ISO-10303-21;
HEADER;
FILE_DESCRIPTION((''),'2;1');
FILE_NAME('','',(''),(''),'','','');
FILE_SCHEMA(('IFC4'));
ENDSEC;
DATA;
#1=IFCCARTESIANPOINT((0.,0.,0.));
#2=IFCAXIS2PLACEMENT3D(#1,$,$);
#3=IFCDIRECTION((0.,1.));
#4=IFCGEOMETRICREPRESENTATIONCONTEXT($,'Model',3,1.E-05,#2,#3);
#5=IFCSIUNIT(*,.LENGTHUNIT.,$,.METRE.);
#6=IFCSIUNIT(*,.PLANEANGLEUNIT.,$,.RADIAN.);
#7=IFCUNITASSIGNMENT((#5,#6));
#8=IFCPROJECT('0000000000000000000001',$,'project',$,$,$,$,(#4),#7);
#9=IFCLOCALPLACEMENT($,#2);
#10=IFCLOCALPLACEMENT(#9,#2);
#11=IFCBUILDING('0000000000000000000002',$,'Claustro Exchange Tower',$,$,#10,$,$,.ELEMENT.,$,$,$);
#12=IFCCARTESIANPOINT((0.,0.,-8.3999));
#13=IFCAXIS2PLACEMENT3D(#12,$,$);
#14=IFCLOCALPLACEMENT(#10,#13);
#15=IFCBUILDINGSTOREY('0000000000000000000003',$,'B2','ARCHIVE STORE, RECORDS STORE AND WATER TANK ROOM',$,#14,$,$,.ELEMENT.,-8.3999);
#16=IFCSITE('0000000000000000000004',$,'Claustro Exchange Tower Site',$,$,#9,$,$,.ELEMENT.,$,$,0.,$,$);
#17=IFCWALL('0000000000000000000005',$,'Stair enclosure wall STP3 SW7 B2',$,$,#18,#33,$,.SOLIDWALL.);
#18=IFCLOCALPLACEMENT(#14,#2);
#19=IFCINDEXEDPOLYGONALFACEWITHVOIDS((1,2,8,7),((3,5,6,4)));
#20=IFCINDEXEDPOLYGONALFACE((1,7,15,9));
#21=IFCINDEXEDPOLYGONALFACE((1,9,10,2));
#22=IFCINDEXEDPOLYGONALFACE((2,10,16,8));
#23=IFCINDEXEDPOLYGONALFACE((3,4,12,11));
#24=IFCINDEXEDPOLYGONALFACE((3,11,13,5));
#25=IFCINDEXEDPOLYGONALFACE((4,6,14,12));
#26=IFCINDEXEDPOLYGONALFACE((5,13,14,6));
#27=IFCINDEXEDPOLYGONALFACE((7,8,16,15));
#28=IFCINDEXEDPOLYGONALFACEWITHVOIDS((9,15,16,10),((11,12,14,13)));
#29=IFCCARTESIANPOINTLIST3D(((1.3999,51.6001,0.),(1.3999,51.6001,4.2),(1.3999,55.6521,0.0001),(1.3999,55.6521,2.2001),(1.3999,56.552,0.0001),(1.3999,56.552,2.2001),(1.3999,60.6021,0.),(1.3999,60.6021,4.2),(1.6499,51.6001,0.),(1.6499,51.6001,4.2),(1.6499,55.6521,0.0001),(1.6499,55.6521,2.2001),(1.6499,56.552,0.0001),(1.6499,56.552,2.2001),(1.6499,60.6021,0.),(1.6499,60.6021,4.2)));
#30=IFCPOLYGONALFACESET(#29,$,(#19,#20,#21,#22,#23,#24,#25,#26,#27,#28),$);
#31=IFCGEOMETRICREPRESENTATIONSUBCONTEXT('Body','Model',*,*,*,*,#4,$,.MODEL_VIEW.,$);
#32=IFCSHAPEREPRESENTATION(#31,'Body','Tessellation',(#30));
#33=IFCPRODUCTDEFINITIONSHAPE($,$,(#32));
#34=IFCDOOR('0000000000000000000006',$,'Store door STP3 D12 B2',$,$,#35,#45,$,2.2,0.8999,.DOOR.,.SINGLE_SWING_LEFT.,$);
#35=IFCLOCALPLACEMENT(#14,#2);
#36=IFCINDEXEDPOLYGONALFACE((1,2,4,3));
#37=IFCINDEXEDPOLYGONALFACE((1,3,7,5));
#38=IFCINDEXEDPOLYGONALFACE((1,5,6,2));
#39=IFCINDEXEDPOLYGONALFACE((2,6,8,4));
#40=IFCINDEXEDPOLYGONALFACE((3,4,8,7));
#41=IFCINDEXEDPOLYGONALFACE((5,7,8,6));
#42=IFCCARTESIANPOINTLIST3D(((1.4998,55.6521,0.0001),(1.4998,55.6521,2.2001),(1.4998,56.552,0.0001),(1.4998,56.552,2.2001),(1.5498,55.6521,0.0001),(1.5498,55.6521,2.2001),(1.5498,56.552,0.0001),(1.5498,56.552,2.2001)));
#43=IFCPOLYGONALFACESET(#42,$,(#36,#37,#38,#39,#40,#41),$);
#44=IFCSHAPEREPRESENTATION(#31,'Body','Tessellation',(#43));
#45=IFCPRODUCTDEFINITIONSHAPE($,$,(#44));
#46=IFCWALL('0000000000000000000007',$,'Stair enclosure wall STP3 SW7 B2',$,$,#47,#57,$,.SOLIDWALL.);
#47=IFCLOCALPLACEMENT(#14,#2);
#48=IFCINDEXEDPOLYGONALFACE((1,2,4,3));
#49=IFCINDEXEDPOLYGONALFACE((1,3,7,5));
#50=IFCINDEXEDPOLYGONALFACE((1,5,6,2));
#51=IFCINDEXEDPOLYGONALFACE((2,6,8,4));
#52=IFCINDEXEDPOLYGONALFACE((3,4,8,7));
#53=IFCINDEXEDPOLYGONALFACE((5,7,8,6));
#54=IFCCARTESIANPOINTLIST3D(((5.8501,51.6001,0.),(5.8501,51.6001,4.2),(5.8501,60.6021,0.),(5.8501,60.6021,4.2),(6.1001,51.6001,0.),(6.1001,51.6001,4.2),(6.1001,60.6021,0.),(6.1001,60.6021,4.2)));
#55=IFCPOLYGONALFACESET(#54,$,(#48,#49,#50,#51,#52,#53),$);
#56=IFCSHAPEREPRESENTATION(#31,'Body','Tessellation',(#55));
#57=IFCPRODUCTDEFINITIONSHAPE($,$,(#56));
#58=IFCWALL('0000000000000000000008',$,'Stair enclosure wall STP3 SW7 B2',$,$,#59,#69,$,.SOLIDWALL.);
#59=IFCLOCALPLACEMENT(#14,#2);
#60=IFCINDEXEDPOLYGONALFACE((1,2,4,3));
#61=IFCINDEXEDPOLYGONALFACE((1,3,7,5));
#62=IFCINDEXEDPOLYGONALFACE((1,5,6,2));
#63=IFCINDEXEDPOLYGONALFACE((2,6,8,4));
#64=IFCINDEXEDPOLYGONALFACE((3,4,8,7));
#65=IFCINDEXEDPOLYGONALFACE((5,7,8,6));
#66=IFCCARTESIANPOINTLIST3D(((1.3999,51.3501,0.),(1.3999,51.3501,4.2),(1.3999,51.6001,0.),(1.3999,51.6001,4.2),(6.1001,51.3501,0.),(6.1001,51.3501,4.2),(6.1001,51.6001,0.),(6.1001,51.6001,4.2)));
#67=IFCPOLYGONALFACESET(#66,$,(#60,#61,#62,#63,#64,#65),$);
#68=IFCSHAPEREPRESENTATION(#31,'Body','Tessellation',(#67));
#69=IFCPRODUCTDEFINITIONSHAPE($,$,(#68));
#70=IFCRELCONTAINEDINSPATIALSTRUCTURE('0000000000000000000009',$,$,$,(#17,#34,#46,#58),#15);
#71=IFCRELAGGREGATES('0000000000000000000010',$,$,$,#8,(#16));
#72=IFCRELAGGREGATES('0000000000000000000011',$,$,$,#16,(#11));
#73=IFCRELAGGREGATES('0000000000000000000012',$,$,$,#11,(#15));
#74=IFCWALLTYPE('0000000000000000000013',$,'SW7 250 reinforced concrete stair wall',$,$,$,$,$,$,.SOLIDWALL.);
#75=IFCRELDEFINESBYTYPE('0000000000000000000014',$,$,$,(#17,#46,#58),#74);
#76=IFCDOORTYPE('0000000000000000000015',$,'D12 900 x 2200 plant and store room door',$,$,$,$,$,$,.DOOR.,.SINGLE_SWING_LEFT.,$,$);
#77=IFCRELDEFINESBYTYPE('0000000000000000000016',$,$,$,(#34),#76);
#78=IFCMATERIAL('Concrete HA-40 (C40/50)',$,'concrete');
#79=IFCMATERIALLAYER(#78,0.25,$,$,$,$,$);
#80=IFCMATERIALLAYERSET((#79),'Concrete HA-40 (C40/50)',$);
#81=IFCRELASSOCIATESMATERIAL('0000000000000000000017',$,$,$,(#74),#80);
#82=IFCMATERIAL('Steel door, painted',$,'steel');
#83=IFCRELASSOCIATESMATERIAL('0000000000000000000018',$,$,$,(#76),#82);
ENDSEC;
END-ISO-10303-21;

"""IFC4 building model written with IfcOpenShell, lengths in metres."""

from ifc_helpers import new_model, si_unit, direction, frame, frame_2d, origin, place, context, subcontext, project, spatial, rectangle, extrude, material, layer, layer_set, type_object, element, fill, save


model = new_model("IFC4")

# Units and contexts
model_context = context("Model", 3, precision=1e-05, world=origin(), true_north=direction((0.0, 1.0)))
body_context = subcontext(model_context, "Body", "Model", "MODEL_VIEW")
ifc_project = project(units=[si_unit("LENGTHUNIT", "METRE"), si_unit("PLANEANGLEUNIT", "RADIAN")], contexts=[model_context])

# Site, building, storey
site_placement = place(None, origin())
site = spatial("IfcSite", under=ifc_project, at=site_placement, Name="Claustro Exchange Tower Site", CompositionType="ELEMENT", RefElevation=0.0)
building_placement = place(site_placement, origin())
building = spatial("IfcBuilding", under=site, at=building_placement, Name="Claustro Exchange Tower", CompositionType="ELEMENT")
storey_placement = place(building_placement, frame((0.0, 0.0, -8.3999)))
storey = spatial("IfcBuildingStorey", under=building, at=storey_placement, Name="B2", Description="ARCHIVE STORE, RECORDS STORE AND WATER TANK ROOM", CompositionType="ELEMENT", Elevation=-8.3999)

# Wall, opening, door
ifc_material_1 = material(Name="Concrete HA-40 (C40/50)", Category="concrete")
ifc_layer_1 = layer(ifc_material_1, 0.25)
ifc_layer_set_1 = layer_set([ifc_layer_1], Name="Concrete HA-40 (C40/50)")
wall_type_1 = type_object("IfcWallType", Name="SW7 250 reinforced concrete stair wall", PredefinedType="SOLIDWALL", material=ifc_layer_set_1)
wall_1_placement = place(storey_placement, frame((1.5249, 60.6021, 0.0), z_axis=(0.0, 0.0, 1.0), x_axis=(0.0, -1.0, 0.0)))
wall_1 = element("IfcWall", 1, at=wall_1_placement, inside=storey, type_object=wall_type_1, Name="Stair enclosure wall STP3 SW7 B2", PredefinedType="SOLIDWALL", context=body_context, shape_type="SweptSolid", body=[
    extrude(rectangle(XDim=9.002, YDim=0.25, at=frame_2d((4.501, 0.0))), origin(), (0.0, 0.0, 1.0), 4.2),
])
opening_1_placement = place(wall_1_placement, frame((4.05, 0.0, 0.0)))
opening_1 = element("IfcOpeningElement", 2, at=opening_1_placement, cuts=wall_1, PredefinedType="OPENING", context=body_context, shape_type="SweptSolid", body=[
    extrude(rectangle(XDim=0.8999, YDim=2.2, at=frame_2d((0.45, 1.1001))), frame((0.0, 0.135, 0.0), z_axis=(0.0, -1.0, 0.0), x_axis=(1.0, 0.0, 0.0)), (0.0, 0.0, 1.0), 0.27),
])
ifc_material_2 = material(Name="Steel door, painted", Category="steel")
door_type_1 = type_object("IfcDoorType", Name="D12 900 x 2200 plant and store room door", OperationType="SINGLE_SWING_LEFT", PredefinedType="DOOR", material=ifc_material_2)
door_1_placement = place(opening_1_placement, origin())
door_1 = element("IfcDoor", 3, at=door_1_placement, inside=storey, type_object=door_type_1, Name="Store door STP3 D12 B2", OperationType="SINGLE_SWING_LEFT", OverallHeight=2.2, OverallWidth=0.8999, PredefinedType="DOOR", context=body_context, shape_type="SweptSolid", body=[
    extrude(rectangle(XDim=0.8999, YDim=2.2, at=frame_2d((0.45, 1.1001))), frame((0.0, 0.0249, 0.0), z_axis=(0.0, -1.0, 0.0), x_axis=(1.0, 0.0, 0.0)), (0.0, 0.0, 1.0), 0.05),
])
fill(opening_1, door_1)

# Walls
wall_2_placement = place(storey_placement, frame((5.9751, 60.6021, 0.0), z_axis=(0.0, 0.0, 1.0), x_axis=(0.0, -1.0, 0.0)))
element("IfcWall", 4, at=wall_2_placement, inside=storey, type_object=wall_type_1, Name="Stair enclosure wall STP3 SW7 B2", PredefinedType="SOLIDWALL", context=body_context, shape_type="SweptSolid", body=[
    extrude(rectangle(XDim=9.002, YDim=0.25, at=frame_2d((4.501, 0.0))), origin(), (0.0, 0.0, 1.0), 4.2),
])
wall_3_placement = place(storey_placement, frame((1.3999, 51.4751, 0.0), z_axis=(0.0, 0.0, 1.0), x_axis=(1.0, 0.0, 0.0)))
element("IfcWall", 5, at=wall_3_placement, inside=storey, type_object=wall_type_1, Name="Stair enclosure wall STP3 SW7 B2", PredefinedType="SOLIDWALL", context=body_context, shape_type="SweptSolid", body=[
    extrude(rectangle(XDim=4.7002, YDim=0.25, at=frame_2d((2.3501, 0.0))), origin(), (0.0, 0.0, 1.0), 4.2),
])

save(model, "model.ifc")
